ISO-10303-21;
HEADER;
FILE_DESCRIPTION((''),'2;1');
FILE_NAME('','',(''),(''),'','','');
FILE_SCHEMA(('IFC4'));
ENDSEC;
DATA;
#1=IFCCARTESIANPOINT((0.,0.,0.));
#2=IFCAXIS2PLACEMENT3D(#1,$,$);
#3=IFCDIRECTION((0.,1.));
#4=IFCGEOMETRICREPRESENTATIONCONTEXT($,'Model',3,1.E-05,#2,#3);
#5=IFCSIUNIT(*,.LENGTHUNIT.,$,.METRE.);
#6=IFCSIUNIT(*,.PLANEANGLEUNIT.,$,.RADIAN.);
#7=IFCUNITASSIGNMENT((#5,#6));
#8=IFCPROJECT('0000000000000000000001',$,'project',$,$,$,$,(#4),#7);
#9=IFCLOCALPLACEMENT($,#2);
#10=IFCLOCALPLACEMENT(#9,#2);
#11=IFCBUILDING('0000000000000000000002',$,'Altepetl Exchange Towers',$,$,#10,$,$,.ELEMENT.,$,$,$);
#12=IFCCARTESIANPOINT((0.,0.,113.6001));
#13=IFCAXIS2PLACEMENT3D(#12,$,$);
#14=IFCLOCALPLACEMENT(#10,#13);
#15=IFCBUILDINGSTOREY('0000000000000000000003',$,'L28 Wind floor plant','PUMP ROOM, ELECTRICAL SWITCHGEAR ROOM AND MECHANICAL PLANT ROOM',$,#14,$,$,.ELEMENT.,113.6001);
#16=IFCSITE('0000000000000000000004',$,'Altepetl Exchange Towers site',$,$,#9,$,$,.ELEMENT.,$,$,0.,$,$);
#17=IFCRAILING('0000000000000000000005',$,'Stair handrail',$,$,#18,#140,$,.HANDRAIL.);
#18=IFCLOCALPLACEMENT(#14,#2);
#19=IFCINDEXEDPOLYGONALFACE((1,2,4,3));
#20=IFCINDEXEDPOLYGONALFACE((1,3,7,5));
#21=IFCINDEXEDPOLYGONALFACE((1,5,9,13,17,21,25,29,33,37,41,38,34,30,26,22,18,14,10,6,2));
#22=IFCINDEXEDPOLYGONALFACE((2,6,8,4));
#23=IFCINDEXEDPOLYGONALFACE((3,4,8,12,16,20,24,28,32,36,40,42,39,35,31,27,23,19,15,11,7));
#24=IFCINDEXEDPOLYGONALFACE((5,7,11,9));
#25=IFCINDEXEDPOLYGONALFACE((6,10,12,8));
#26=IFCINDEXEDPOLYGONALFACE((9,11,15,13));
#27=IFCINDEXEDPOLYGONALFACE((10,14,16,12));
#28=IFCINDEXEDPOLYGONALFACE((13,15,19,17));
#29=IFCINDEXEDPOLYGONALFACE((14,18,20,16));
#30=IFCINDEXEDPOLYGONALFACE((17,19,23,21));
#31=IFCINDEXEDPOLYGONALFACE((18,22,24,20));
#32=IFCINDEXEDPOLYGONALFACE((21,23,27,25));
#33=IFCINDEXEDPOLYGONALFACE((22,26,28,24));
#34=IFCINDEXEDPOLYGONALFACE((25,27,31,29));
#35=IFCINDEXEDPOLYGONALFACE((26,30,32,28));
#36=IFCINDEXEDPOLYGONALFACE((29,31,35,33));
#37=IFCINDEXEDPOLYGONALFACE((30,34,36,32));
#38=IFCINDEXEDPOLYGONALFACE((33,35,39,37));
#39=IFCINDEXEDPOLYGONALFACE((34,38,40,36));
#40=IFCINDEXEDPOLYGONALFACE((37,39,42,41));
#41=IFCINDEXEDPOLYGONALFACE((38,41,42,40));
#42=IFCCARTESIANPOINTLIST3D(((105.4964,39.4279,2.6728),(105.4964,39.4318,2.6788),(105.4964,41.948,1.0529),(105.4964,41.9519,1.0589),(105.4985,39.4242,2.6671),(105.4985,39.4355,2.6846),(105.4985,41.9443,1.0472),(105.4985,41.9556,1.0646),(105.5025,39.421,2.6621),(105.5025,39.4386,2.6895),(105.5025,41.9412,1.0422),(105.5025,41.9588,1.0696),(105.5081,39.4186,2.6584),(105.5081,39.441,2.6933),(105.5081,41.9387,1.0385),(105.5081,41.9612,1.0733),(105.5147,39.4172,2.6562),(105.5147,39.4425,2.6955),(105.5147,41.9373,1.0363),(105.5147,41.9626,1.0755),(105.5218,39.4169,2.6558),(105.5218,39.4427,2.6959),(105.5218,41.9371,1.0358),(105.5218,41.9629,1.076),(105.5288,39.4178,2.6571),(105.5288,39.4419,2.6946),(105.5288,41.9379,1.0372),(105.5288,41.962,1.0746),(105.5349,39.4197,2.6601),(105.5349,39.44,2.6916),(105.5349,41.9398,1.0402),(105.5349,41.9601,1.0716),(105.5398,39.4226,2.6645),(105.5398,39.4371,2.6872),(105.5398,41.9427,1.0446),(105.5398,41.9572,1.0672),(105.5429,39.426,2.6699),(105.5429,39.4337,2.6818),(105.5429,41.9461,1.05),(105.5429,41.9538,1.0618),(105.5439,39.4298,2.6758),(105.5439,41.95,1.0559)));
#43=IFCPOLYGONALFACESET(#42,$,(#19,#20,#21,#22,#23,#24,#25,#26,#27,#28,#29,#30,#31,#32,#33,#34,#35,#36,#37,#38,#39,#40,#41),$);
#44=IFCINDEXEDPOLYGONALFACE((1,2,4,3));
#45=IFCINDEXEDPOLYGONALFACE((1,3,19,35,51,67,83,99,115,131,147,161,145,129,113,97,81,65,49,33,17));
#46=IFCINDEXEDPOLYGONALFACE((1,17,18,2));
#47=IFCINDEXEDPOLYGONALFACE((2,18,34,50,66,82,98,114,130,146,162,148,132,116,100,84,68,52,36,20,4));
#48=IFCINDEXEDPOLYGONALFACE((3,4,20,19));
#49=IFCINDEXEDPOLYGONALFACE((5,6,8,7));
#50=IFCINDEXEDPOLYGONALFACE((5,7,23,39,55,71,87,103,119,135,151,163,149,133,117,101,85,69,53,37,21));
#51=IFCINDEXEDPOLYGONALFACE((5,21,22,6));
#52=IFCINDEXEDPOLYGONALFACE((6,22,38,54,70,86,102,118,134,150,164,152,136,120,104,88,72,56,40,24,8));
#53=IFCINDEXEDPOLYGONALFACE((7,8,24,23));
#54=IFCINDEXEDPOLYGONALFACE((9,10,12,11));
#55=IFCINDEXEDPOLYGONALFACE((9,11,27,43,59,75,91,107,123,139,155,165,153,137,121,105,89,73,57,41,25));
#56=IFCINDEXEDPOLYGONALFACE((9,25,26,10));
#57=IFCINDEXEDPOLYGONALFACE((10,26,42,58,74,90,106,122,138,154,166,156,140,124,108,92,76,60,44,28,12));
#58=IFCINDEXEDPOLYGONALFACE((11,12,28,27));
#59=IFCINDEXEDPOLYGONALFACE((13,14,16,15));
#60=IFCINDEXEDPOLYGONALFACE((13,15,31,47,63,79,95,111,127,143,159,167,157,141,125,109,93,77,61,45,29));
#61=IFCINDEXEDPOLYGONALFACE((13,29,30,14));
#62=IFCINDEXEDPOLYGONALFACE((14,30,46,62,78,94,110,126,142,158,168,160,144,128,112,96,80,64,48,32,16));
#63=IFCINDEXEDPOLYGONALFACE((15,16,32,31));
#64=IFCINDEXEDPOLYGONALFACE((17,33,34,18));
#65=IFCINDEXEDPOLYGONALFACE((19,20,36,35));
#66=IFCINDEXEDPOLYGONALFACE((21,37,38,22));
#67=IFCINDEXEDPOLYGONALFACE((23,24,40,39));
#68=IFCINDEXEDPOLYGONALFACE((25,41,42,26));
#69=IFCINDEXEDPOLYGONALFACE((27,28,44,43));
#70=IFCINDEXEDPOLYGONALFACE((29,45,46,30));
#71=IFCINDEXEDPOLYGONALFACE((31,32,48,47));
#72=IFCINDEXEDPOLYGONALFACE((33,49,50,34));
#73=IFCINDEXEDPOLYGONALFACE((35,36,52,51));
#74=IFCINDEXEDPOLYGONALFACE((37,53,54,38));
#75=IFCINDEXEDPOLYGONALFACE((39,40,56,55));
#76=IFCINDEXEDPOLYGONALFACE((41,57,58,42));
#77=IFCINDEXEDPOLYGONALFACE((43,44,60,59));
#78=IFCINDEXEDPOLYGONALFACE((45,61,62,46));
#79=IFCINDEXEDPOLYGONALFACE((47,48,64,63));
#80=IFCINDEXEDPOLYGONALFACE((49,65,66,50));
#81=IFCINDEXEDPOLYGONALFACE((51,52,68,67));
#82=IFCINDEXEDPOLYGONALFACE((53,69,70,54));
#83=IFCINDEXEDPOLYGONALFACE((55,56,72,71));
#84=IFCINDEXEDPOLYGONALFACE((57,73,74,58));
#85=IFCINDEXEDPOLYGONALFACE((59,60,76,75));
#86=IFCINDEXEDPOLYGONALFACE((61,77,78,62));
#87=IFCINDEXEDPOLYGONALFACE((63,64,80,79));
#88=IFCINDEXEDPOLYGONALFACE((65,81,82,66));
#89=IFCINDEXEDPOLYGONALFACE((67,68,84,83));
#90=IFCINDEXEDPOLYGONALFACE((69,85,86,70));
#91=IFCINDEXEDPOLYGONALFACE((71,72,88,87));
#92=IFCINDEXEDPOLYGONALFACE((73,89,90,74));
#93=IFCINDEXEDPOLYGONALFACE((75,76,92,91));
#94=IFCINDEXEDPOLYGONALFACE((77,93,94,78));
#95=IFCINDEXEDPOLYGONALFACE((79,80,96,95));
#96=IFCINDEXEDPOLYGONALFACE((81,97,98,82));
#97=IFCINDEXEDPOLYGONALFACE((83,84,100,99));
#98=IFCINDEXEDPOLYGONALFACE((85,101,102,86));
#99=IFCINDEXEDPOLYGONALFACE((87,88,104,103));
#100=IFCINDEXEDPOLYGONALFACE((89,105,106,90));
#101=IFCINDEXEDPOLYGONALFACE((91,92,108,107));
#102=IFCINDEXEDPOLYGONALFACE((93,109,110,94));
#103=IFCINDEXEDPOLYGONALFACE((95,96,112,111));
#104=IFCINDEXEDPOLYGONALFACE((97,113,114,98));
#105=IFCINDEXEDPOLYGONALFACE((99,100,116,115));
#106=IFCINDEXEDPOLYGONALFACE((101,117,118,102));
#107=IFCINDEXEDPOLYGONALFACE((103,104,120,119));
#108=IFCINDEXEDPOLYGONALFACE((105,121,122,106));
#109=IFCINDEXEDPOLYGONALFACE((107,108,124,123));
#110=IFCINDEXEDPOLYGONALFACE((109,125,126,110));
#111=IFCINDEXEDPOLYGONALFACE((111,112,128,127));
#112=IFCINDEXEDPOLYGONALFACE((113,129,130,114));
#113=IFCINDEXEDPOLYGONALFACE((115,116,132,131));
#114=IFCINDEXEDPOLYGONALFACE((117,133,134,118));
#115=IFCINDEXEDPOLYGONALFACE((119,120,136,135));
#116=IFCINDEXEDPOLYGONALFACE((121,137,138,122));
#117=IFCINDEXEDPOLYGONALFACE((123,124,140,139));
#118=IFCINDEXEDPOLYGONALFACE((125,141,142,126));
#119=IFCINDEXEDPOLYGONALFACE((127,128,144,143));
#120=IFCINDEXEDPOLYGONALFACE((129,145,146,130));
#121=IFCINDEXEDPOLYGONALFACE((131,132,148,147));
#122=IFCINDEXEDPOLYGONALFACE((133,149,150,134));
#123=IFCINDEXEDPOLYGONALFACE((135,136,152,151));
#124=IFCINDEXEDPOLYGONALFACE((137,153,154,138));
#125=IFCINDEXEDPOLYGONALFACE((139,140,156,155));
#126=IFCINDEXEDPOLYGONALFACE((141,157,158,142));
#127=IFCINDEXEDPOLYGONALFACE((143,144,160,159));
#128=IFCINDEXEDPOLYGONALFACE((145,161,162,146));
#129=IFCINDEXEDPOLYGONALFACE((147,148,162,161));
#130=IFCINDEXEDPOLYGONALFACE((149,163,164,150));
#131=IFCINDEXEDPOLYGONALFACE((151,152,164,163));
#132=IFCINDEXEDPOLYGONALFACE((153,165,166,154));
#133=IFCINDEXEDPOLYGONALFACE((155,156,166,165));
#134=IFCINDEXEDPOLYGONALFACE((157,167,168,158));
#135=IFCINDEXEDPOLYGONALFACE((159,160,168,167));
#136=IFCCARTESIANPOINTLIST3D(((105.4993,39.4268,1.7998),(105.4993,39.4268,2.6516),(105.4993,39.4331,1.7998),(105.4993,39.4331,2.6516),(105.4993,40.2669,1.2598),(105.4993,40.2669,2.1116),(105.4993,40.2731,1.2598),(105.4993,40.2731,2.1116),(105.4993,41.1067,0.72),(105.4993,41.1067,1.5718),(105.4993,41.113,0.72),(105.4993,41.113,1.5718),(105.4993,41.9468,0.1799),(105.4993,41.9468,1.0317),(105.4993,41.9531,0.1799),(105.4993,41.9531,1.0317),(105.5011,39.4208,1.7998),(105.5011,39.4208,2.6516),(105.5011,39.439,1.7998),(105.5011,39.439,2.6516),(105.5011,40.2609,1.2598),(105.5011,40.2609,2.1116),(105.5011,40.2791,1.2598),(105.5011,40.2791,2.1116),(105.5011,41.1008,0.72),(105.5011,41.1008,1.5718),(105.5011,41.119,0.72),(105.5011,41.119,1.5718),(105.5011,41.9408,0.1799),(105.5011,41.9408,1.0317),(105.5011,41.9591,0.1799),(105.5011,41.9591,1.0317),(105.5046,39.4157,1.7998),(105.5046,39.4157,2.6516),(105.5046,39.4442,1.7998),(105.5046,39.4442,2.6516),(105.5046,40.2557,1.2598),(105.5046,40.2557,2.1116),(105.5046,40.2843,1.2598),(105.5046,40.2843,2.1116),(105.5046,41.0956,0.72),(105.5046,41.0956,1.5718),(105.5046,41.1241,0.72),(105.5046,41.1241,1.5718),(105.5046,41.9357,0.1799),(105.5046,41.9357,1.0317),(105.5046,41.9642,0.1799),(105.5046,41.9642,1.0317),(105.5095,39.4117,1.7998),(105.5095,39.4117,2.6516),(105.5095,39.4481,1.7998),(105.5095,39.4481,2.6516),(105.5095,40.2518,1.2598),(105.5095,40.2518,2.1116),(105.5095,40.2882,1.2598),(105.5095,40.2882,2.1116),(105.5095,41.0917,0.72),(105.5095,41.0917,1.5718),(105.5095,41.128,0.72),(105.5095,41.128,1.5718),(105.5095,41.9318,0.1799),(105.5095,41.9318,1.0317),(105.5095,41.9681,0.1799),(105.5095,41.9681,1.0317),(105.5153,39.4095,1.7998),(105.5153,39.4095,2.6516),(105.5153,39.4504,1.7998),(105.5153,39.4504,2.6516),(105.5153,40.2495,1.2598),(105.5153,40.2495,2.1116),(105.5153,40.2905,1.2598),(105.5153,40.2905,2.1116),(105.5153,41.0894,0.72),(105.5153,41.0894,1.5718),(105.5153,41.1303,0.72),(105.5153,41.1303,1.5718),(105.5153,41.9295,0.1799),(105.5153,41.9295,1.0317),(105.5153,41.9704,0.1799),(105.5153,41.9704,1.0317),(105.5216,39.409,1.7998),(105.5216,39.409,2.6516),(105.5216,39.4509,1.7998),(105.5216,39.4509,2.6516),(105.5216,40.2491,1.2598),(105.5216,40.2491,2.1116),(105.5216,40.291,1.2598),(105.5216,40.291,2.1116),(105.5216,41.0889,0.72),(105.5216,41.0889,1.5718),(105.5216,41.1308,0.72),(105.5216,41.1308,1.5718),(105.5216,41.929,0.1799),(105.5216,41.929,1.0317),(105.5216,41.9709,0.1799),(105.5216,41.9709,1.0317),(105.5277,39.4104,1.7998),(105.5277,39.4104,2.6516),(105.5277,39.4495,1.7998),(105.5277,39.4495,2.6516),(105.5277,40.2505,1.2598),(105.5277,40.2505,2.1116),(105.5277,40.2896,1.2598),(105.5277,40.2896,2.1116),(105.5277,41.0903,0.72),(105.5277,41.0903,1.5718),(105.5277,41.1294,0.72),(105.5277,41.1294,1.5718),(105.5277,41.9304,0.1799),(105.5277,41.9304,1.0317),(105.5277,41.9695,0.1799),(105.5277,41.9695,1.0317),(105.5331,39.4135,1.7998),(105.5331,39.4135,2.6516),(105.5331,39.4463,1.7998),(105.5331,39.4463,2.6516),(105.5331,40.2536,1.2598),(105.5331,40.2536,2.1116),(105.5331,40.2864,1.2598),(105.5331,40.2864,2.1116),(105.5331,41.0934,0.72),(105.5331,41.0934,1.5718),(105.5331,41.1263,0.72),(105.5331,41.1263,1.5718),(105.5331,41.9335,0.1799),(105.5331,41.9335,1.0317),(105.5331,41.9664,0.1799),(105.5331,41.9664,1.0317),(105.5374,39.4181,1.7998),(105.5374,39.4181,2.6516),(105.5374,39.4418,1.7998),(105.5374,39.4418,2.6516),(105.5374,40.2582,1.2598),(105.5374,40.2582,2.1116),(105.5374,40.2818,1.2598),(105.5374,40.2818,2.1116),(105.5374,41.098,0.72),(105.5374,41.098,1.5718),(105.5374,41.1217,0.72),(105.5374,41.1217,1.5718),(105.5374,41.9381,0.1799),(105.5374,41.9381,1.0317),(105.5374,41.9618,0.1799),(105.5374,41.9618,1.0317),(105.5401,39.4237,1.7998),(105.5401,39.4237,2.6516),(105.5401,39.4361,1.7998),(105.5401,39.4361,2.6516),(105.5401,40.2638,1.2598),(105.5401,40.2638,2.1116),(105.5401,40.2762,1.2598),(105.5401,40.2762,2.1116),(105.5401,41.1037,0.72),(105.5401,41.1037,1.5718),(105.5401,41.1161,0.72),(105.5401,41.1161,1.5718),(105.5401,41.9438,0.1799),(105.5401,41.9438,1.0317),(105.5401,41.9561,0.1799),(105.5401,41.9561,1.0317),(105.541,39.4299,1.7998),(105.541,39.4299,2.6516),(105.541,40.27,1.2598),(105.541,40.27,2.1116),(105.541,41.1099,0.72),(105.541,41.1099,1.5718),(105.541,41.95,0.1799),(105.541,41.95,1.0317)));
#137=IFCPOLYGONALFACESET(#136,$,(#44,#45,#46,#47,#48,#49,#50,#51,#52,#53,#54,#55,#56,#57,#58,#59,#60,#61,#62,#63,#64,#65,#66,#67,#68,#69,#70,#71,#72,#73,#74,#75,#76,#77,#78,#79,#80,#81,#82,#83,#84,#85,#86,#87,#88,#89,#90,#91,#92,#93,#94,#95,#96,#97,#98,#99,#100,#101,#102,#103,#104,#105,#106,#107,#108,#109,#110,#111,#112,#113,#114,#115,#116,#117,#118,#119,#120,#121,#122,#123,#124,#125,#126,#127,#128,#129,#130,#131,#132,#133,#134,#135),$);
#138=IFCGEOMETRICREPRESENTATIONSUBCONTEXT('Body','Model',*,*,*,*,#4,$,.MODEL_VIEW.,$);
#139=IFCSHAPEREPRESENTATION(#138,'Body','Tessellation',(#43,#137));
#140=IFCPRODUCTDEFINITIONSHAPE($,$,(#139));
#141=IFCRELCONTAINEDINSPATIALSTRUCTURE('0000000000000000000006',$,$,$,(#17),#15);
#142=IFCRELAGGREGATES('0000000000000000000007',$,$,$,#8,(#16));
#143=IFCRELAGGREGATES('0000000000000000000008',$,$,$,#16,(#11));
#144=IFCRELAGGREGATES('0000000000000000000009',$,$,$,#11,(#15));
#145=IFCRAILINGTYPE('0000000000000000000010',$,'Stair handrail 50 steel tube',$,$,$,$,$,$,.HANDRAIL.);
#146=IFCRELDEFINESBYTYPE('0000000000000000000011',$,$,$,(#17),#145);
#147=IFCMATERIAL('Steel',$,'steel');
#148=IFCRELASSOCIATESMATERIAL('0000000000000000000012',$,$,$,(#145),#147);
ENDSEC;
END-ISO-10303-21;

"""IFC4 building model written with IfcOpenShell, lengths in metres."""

from ifc_helpers import new_model, si_unit, direction, frame, origin, origin_2d, place, context, subcontext, project, spatial, circle, extrude, source, transform, mapped, material, type_object, element, save


model = new_model("IFC4")

# Units and contexts
model_context = context("Model", 3, precision=1e-05, world=origin(), true_north=direction((0.0, 1.0)))
body_context = subcontext(model_context, "Body", "Model", "MODEL_VIEW")
ifc_project = project(units=[si_unit("LENGTHUNIT", "METRE"), si_unit("PLANEANGLEUNIT", "RADIAN")], contexts=[model_context])

# Site, building, storey
site_placement = place(None, origin())
site = spatial("IfcSite", under=ifc_project, at=site_placement, Name="Altepetl Exchange Towers site", CompositionType="ELEMENT", RefElevation=0.0)
building_placement = place(site_placement, origin())
building = spatial("IfcBuilding", under=site, at=building_placement, Name="Altepetl Exchange Towers", CompositionType="ELEMENT")
storey_placement = place(building_placement, frame((0.0, 0.0, 113.6001)))
storey = spatial("IfcBuildingStorey", under=building, at=storey_placement, Name="L28 Wind floor plant", Description="PUMP ROOM, ELECTRICAL SWITCHGEAR ROOM AND MECHANICAL PLANT ROOM", CompositionType="ELEMENT", Elevation=113.6001)

# Railing
ifc_material_1 = material(Name="Steel", Category="steel")
railing_type = type_object("IfcRailingType", Name="Stair handrail 50 steel tube", PredefinedType="HANDRAIL", material=ifc_material_1)
shared_shape = source(origin(), body_context, "Body", "SweptSolid", [
    extrude(circle(Radius=0.021, at=origin_2d()), origin(), (0.0, 0.0, 1.0), 0.8518),
])
railing_1_placement = place(storey_placement, frame((105.52, 41.95, 0.1799)))
element("IfcRailing", 1, at=railing_1_placement, inside=storey, type_object=railing_type, Name="Stair handrail", PredefinedType="HANDRAIL", context=body_context, shape_type="SweptSolid", body=[
    extrude(circle(Radius=0.0239, at=origin_2d()), frame((0.0, 0.0, 0.876), z_axis=(0.0, -0.8412, 0.540725), x_axis=(1.0, 0.0, 0.0)), (0.0, 0.0, 1.0), 2.9958),
    mapped(shared_shape, transform((0.0, 0.0, 0.0))),
    mapped(shared_shape, transform((0.0, -0.8401, 0.54))),
    mapped(shared_shape, transform((0.0, -1.6799, 1.0798))),
    mapped(shared_shape, transform((0.0, -2.52, 1.6199))),
])

save(model, "model.ifc")
